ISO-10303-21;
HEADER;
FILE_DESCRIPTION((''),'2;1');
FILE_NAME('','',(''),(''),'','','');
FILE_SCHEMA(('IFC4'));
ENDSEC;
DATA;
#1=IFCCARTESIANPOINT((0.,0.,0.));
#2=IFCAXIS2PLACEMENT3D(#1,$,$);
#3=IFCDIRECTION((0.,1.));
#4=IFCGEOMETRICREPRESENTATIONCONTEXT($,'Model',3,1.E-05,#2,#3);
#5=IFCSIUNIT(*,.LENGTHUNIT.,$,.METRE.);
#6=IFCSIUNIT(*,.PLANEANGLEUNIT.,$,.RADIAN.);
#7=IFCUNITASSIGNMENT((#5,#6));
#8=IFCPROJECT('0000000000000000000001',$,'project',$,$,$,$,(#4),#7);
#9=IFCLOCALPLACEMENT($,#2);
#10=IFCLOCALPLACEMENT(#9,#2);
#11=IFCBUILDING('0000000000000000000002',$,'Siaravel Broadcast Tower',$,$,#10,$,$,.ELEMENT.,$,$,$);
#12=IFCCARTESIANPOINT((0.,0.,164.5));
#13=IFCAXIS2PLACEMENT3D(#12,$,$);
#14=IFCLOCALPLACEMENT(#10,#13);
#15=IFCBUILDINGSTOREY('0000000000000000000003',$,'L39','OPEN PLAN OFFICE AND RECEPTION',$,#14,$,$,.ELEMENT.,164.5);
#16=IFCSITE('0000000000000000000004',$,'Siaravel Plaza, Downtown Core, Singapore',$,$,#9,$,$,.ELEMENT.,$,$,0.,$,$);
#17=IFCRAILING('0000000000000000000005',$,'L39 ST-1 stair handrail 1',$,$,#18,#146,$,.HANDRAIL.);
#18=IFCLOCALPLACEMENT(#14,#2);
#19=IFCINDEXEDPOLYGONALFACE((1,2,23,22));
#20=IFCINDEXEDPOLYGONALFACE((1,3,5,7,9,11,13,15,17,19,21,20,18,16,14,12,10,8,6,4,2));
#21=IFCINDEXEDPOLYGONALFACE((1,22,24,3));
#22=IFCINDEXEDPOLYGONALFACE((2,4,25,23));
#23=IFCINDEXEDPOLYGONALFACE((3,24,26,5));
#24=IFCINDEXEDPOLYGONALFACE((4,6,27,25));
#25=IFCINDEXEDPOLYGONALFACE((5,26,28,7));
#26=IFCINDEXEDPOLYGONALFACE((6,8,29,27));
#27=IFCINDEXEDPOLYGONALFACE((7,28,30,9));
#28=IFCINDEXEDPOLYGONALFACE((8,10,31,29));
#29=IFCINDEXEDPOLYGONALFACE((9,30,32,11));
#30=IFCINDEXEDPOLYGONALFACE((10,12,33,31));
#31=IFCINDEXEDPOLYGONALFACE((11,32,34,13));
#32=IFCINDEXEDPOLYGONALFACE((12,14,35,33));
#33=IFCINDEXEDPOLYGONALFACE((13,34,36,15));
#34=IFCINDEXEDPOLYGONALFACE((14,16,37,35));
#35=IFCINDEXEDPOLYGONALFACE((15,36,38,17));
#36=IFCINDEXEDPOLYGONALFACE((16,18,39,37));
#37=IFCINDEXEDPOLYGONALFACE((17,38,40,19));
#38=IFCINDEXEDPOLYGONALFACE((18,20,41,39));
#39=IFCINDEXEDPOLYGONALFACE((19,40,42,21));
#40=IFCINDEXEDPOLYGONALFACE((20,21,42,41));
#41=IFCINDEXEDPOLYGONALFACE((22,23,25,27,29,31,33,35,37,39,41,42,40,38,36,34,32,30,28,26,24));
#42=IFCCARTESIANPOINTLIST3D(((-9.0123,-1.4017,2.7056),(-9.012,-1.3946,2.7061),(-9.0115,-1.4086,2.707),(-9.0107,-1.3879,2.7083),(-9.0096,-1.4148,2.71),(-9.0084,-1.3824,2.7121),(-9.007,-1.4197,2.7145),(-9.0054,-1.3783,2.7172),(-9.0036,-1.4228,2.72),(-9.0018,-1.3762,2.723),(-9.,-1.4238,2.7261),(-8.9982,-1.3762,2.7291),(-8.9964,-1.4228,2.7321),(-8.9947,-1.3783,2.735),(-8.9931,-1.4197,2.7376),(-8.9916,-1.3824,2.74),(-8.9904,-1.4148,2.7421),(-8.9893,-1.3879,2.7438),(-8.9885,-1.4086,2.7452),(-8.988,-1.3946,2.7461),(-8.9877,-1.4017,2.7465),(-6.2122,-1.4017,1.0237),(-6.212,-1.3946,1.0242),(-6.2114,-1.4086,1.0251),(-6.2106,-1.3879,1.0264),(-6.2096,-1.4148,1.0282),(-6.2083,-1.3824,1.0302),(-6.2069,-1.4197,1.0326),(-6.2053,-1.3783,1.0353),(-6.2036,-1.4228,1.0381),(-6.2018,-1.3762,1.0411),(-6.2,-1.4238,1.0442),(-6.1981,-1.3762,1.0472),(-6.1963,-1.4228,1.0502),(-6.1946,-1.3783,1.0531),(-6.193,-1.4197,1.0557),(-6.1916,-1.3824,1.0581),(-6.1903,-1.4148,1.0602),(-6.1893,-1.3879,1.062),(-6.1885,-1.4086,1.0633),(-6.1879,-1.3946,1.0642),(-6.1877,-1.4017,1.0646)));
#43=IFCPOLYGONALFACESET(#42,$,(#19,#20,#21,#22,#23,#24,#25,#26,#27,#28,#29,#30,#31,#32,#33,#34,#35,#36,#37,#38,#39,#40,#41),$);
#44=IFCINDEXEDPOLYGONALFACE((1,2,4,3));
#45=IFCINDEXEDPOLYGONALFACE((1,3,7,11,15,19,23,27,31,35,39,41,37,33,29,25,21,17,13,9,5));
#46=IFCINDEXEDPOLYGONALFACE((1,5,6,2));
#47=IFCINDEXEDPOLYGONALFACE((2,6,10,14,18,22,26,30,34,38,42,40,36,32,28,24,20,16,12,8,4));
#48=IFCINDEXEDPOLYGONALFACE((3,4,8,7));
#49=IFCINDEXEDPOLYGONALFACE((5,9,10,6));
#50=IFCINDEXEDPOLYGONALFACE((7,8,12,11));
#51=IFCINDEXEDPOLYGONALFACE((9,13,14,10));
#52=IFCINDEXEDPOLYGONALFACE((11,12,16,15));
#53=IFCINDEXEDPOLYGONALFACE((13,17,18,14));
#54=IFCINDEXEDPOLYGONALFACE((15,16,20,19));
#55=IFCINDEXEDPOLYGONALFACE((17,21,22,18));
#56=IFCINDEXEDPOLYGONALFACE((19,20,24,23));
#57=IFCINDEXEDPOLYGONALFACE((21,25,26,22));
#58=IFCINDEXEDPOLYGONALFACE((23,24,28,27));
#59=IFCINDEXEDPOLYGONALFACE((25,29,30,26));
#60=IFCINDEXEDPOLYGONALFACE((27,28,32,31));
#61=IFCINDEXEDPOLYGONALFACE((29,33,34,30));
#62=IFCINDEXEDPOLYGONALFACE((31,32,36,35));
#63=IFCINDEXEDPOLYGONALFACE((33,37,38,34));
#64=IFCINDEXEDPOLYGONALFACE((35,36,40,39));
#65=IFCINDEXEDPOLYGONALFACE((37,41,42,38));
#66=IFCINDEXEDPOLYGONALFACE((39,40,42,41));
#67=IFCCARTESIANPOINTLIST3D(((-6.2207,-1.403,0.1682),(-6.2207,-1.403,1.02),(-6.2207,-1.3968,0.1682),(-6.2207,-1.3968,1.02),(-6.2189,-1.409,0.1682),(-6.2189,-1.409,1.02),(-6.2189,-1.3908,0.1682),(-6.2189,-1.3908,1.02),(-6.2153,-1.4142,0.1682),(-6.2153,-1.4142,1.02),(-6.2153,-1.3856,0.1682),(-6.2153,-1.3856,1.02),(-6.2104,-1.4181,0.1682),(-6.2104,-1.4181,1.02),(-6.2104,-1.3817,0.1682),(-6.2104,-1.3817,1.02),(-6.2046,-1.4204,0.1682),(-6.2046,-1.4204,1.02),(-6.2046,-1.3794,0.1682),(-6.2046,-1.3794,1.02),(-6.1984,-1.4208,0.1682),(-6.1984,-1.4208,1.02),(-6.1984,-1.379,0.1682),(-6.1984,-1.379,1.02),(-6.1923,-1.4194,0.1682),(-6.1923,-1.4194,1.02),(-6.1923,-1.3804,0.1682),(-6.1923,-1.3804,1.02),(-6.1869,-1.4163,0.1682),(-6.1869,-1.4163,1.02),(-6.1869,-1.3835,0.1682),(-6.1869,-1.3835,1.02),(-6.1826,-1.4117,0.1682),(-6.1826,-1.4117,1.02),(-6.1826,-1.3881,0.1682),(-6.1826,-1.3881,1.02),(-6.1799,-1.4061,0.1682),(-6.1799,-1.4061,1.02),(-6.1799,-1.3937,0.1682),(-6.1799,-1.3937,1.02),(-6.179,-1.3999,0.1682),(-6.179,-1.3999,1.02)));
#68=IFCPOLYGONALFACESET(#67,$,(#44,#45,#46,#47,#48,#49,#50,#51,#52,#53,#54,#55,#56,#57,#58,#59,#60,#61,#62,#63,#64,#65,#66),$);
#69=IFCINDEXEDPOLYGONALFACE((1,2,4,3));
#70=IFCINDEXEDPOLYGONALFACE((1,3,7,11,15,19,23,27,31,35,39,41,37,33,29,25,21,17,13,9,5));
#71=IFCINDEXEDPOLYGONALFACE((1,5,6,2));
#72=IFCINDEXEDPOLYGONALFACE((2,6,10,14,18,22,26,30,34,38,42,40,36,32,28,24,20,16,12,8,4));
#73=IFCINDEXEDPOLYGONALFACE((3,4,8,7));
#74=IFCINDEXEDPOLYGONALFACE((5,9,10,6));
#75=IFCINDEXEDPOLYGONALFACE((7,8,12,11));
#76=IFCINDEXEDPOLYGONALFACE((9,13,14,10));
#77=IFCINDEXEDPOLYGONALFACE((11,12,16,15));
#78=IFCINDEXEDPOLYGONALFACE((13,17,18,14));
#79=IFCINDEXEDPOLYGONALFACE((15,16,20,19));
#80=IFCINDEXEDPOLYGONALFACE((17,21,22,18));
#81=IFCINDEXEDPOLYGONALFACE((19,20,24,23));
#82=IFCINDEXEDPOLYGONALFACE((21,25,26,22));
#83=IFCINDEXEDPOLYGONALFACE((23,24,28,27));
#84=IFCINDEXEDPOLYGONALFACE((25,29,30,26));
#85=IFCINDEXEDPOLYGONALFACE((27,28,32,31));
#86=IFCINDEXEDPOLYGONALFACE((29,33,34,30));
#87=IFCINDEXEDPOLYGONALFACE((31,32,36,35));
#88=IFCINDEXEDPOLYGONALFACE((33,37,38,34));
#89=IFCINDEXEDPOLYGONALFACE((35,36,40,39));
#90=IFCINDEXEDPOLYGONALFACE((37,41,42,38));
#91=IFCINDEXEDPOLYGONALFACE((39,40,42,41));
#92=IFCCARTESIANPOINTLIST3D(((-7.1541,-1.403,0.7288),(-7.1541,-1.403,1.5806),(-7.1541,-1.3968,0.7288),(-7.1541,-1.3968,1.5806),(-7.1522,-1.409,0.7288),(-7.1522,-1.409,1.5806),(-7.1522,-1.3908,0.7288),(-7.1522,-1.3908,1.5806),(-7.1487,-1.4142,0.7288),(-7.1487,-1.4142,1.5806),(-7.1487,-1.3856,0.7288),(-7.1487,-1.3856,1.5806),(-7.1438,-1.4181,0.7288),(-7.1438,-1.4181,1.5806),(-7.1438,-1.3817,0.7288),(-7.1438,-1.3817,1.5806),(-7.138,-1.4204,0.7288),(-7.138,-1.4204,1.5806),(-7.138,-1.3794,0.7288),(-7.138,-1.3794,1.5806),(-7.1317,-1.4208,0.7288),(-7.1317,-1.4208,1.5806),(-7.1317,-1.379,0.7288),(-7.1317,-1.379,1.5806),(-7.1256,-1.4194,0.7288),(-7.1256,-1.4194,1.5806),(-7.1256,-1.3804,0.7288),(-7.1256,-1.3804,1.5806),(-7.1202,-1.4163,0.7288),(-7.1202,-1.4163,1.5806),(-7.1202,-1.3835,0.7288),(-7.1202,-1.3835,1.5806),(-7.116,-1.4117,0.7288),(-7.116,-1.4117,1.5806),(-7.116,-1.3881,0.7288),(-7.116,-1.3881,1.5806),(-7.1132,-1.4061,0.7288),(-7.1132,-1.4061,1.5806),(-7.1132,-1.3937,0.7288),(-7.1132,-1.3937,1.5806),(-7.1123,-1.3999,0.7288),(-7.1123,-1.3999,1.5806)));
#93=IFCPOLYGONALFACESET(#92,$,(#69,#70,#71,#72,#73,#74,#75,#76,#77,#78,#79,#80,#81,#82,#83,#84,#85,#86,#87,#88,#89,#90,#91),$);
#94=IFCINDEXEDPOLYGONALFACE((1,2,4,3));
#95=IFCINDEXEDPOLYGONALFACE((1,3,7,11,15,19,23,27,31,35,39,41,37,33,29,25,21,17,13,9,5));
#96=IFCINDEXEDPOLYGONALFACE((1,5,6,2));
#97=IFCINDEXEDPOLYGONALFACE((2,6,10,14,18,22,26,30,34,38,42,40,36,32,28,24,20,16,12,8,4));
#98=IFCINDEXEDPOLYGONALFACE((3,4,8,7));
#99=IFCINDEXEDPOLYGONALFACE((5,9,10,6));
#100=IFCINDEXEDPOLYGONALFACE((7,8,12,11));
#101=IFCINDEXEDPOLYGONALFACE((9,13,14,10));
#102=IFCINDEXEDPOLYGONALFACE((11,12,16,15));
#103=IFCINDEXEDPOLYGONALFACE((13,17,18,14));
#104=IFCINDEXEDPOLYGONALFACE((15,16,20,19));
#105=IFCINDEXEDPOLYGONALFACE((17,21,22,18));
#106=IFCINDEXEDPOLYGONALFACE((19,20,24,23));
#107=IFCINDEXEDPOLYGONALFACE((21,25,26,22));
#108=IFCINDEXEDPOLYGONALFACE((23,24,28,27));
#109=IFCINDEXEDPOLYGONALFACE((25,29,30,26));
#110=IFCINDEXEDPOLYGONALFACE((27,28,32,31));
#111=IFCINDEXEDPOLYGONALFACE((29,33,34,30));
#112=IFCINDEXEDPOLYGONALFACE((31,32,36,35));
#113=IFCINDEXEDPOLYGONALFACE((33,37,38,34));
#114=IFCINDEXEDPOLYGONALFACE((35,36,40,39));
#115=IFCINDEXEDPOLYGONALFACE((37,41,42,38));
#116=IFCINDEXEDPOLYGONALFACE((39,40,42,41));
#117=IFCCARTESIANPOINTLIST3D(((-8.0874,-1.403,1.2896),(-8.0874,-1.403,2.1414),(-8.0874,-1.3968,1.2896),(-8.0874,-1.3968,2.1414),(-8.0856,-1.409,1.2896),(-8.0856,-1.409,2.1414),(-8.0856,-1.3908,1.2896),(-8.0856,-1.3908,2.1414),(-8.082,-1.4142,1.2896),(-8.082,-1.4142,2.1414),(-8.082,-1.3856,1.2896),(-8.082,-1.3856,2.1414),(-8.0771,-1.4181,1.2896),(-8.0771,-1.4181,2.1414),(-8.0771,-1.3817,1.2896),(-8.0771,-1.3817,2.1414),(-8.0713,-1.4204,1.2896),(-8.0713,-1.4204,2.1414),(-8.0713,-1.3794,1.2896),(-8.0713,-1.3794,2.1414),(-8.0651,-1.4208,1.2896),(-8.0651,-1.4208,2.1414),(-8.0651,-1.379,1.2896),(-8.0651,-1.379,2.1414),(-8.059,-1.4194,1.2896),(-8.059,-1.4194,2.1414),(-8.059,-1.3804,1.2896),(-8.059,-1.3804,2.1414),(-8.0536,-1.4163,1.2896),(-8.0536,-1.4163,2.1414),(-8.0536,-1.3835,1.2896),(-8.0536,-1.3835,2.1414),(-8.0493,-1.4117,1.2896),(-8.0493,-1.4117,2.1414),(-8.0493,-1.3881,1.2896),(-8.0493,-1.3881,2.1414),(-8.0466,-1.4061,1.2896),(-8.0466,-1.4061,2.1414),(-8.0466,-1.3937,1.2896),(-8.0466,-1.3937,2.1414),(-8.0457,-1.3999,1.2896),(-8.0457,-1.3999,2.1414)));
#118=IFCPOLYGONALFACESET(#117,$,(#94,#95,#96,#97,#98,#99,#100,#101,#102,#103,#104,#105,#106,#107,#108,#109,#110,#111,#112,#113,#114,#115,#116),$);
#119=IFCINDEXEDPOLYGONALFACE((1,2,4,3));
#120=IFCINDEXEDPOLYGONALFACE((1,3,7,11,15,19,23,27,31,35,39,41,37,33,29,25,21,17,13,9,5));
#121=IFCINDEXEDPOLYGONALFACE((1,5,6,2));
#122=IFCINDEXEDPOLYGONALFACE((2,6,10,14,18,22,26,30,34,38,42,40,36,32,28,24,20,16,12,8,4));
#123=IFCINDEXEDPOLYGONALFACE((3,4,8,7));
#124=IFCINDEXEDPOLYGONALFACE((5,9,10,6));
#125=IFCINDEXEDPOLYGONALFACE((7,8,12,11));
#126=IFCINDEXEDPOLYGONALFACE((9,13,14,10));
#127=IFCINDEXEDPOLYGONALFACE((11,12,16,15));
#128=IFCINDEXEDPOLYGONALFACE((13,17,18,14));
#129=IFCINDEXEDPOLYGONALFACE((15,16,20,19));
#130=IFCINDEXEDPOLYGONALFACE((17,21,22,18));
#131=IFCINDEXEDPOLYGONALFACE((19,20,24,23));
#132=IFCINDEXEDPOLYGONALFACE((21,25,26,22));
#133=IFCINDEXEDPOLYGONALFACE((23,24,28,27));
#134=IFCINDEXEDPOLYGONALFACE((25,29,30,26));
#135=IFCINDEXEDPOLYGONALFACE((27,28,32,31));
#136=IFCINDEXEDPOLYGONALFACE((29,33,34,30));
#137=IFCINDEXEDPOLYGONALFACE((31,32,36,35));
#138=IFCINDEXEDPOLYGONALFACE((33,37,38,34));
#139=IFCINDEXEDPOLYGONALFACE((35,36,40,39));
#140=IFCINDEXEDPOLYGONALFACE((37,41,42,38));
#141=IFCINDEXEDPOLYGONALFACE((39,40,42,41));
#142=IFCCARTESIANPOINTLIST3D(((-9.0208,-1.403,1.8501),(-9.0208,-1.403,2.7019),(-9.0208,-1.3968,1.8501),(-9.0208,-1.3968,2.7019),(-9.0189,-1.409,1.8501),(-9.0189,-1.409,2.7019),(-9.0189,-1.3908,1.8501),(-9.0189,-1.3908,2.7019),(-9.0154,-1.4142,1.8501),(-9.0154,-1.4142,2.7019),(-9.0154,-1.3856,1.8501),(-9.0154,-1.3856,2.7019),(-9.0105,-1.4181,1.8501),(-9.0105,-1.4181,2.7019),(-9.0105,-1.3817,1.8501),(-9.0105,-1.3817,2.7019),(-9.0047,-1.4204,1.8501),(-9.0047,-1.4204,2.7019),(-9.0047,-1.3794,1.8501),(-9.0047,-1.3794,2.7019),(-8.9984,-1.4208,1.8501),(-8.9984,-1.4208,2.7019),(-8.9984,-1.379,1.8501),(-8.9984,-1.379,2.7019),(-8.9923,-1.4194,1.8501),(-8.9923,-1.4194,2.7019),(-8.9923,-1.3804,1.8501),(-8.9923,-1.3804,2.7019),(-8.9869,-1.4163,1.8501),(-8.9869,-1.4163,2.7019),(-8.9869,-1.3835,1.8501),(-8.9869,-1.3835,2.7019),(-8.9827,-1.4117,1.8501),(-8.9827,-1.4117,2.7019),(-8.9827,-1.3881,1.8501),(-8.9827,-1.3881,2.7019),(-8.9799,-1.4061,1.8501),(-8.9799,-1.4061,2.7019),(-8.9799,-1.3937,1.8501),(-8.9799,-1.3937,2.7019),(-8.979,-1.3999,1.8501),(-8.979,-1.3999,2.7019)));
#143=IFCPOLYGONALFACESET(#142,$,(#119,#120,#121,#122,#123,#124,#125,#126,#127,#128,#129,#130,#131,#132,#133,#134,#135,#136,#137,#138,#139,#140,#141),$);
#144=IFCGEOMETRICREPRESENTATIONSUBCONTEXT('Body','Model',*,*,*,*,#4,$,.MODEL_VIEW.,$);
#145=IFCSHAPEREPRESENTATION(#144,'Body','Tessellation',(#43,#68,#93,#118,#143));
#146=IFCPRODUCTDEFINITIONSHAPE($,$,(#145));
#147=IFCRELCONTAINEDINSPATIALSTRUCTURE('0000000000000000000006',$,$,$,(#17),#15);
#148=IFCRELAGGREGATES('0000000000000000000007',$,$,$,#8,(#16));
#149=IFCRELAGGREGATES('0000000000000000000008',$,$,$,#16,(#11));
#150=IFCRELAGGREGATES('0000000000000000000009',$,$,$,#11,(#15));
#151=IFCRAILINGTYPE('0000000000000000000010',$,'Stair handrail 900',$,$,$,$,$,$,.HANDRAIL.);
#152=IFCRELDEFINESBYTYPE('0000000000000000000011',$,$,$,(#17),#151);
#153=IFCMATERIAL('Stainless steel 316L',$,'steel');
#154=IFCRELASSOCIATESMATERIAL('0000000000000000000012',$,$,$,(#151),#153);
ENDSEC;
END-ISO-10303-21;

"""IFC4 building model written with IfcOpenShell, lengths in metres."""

from ifc_helpers import new_model, si_unit, direction, frame, origin, origin_2d, place, context, subcontext, project, spatial, circle, extrude, material, type_object, element, save


model = new_model("IFC4")

# Units and contexts
model_context = context("Model", 3, precision=1e-05, world=origin(), true_north=direction((0.0, 1.0)))
body_context = subcontext(model_context, "Body", "Model", "MODEL_VIEW")
ifc_project = project(units=[si_unit("LENGTHUNIT", "METRE"), si_unit("PLANEANGLEUNIT", "RADIAN")], contexts=[model_context])

# Site, building, storey
site_placement = place(None, origin())
site = spatial("IfcSite", under=ifc_project, at=site_placement, Name="Siaravel Plaza, Downtown Core, Singapore", CompositionType="ELEMENT", RefElevation=0.0)
building_placement = place(site_placement, origin())
building = spatial("IfcBuilding", under=site, at=building_placement, Name="Siaravel Broadcast Tower", CompositionType="ELEMENT")
storey_placement = place(building_placement, frame((0.0, 0.0, 164.5)))
storey = spatial("IfcBuildingStorey", under=building, at=storey_placement, Name="L39", Description="OPEN PLAN OFFICE AND RECEPTION", CompositionType="ELEMENT", Elevation=164.5)

# Shared definitions
ifc_material_1 = material(Name="Stainless steel 316L", Category="steel")

# Railing
railing_type_1 = type_object("IfcRailingType", Name="Stair handrail 900", PredefinedType="HANDRAIL", material=ifc_material_1)
railing_1_placement = place(storey_placement, frame((-6.2, -1.3999, 0.1682)))
element("IfcRailing", 1, at=railing_1_placement, inside=storey, type_object=railing_type_1, Name="L39 ST-1 stair handrail 1", PredefinedType="HANDRAIL", context=body_context, shape_type="SweptSolid", body=[
    extrude(circle(Radius=0.0239, at=origin_2d()), frame((0.0, 0.0, 0.876), z_axis=(-0.857242, 0.0, 0.514913), x_axis=(0.0, -1.0, 0.0)), (0.0, 0.0, 1.0), 3.2664),
    extrude(circle(Radius=0.021, at=origin_2d()), origin(), (0.0, 0.0, 1.0), 0.8518),
    extrude(circle(Radius=0.021, at=origin_2d()), frame((-0.9333, 0.0, 0.5605)), (0.0, 0.0, 1.0), 0.8518),
    extrude(circle(Radius=0.021, at=origin_2d()), frame((-1.8667, 0.0, 1.1213)), (0.0, 0.0, 1.0), 0.8518),
    extrude(circle(Radius=0.021, at=origin_2d()), frame((-2.8, 0.0, 1.6819)), (0.0, 0.0, 1.0), 0.8518),
])

save(model, "model.ifc")
